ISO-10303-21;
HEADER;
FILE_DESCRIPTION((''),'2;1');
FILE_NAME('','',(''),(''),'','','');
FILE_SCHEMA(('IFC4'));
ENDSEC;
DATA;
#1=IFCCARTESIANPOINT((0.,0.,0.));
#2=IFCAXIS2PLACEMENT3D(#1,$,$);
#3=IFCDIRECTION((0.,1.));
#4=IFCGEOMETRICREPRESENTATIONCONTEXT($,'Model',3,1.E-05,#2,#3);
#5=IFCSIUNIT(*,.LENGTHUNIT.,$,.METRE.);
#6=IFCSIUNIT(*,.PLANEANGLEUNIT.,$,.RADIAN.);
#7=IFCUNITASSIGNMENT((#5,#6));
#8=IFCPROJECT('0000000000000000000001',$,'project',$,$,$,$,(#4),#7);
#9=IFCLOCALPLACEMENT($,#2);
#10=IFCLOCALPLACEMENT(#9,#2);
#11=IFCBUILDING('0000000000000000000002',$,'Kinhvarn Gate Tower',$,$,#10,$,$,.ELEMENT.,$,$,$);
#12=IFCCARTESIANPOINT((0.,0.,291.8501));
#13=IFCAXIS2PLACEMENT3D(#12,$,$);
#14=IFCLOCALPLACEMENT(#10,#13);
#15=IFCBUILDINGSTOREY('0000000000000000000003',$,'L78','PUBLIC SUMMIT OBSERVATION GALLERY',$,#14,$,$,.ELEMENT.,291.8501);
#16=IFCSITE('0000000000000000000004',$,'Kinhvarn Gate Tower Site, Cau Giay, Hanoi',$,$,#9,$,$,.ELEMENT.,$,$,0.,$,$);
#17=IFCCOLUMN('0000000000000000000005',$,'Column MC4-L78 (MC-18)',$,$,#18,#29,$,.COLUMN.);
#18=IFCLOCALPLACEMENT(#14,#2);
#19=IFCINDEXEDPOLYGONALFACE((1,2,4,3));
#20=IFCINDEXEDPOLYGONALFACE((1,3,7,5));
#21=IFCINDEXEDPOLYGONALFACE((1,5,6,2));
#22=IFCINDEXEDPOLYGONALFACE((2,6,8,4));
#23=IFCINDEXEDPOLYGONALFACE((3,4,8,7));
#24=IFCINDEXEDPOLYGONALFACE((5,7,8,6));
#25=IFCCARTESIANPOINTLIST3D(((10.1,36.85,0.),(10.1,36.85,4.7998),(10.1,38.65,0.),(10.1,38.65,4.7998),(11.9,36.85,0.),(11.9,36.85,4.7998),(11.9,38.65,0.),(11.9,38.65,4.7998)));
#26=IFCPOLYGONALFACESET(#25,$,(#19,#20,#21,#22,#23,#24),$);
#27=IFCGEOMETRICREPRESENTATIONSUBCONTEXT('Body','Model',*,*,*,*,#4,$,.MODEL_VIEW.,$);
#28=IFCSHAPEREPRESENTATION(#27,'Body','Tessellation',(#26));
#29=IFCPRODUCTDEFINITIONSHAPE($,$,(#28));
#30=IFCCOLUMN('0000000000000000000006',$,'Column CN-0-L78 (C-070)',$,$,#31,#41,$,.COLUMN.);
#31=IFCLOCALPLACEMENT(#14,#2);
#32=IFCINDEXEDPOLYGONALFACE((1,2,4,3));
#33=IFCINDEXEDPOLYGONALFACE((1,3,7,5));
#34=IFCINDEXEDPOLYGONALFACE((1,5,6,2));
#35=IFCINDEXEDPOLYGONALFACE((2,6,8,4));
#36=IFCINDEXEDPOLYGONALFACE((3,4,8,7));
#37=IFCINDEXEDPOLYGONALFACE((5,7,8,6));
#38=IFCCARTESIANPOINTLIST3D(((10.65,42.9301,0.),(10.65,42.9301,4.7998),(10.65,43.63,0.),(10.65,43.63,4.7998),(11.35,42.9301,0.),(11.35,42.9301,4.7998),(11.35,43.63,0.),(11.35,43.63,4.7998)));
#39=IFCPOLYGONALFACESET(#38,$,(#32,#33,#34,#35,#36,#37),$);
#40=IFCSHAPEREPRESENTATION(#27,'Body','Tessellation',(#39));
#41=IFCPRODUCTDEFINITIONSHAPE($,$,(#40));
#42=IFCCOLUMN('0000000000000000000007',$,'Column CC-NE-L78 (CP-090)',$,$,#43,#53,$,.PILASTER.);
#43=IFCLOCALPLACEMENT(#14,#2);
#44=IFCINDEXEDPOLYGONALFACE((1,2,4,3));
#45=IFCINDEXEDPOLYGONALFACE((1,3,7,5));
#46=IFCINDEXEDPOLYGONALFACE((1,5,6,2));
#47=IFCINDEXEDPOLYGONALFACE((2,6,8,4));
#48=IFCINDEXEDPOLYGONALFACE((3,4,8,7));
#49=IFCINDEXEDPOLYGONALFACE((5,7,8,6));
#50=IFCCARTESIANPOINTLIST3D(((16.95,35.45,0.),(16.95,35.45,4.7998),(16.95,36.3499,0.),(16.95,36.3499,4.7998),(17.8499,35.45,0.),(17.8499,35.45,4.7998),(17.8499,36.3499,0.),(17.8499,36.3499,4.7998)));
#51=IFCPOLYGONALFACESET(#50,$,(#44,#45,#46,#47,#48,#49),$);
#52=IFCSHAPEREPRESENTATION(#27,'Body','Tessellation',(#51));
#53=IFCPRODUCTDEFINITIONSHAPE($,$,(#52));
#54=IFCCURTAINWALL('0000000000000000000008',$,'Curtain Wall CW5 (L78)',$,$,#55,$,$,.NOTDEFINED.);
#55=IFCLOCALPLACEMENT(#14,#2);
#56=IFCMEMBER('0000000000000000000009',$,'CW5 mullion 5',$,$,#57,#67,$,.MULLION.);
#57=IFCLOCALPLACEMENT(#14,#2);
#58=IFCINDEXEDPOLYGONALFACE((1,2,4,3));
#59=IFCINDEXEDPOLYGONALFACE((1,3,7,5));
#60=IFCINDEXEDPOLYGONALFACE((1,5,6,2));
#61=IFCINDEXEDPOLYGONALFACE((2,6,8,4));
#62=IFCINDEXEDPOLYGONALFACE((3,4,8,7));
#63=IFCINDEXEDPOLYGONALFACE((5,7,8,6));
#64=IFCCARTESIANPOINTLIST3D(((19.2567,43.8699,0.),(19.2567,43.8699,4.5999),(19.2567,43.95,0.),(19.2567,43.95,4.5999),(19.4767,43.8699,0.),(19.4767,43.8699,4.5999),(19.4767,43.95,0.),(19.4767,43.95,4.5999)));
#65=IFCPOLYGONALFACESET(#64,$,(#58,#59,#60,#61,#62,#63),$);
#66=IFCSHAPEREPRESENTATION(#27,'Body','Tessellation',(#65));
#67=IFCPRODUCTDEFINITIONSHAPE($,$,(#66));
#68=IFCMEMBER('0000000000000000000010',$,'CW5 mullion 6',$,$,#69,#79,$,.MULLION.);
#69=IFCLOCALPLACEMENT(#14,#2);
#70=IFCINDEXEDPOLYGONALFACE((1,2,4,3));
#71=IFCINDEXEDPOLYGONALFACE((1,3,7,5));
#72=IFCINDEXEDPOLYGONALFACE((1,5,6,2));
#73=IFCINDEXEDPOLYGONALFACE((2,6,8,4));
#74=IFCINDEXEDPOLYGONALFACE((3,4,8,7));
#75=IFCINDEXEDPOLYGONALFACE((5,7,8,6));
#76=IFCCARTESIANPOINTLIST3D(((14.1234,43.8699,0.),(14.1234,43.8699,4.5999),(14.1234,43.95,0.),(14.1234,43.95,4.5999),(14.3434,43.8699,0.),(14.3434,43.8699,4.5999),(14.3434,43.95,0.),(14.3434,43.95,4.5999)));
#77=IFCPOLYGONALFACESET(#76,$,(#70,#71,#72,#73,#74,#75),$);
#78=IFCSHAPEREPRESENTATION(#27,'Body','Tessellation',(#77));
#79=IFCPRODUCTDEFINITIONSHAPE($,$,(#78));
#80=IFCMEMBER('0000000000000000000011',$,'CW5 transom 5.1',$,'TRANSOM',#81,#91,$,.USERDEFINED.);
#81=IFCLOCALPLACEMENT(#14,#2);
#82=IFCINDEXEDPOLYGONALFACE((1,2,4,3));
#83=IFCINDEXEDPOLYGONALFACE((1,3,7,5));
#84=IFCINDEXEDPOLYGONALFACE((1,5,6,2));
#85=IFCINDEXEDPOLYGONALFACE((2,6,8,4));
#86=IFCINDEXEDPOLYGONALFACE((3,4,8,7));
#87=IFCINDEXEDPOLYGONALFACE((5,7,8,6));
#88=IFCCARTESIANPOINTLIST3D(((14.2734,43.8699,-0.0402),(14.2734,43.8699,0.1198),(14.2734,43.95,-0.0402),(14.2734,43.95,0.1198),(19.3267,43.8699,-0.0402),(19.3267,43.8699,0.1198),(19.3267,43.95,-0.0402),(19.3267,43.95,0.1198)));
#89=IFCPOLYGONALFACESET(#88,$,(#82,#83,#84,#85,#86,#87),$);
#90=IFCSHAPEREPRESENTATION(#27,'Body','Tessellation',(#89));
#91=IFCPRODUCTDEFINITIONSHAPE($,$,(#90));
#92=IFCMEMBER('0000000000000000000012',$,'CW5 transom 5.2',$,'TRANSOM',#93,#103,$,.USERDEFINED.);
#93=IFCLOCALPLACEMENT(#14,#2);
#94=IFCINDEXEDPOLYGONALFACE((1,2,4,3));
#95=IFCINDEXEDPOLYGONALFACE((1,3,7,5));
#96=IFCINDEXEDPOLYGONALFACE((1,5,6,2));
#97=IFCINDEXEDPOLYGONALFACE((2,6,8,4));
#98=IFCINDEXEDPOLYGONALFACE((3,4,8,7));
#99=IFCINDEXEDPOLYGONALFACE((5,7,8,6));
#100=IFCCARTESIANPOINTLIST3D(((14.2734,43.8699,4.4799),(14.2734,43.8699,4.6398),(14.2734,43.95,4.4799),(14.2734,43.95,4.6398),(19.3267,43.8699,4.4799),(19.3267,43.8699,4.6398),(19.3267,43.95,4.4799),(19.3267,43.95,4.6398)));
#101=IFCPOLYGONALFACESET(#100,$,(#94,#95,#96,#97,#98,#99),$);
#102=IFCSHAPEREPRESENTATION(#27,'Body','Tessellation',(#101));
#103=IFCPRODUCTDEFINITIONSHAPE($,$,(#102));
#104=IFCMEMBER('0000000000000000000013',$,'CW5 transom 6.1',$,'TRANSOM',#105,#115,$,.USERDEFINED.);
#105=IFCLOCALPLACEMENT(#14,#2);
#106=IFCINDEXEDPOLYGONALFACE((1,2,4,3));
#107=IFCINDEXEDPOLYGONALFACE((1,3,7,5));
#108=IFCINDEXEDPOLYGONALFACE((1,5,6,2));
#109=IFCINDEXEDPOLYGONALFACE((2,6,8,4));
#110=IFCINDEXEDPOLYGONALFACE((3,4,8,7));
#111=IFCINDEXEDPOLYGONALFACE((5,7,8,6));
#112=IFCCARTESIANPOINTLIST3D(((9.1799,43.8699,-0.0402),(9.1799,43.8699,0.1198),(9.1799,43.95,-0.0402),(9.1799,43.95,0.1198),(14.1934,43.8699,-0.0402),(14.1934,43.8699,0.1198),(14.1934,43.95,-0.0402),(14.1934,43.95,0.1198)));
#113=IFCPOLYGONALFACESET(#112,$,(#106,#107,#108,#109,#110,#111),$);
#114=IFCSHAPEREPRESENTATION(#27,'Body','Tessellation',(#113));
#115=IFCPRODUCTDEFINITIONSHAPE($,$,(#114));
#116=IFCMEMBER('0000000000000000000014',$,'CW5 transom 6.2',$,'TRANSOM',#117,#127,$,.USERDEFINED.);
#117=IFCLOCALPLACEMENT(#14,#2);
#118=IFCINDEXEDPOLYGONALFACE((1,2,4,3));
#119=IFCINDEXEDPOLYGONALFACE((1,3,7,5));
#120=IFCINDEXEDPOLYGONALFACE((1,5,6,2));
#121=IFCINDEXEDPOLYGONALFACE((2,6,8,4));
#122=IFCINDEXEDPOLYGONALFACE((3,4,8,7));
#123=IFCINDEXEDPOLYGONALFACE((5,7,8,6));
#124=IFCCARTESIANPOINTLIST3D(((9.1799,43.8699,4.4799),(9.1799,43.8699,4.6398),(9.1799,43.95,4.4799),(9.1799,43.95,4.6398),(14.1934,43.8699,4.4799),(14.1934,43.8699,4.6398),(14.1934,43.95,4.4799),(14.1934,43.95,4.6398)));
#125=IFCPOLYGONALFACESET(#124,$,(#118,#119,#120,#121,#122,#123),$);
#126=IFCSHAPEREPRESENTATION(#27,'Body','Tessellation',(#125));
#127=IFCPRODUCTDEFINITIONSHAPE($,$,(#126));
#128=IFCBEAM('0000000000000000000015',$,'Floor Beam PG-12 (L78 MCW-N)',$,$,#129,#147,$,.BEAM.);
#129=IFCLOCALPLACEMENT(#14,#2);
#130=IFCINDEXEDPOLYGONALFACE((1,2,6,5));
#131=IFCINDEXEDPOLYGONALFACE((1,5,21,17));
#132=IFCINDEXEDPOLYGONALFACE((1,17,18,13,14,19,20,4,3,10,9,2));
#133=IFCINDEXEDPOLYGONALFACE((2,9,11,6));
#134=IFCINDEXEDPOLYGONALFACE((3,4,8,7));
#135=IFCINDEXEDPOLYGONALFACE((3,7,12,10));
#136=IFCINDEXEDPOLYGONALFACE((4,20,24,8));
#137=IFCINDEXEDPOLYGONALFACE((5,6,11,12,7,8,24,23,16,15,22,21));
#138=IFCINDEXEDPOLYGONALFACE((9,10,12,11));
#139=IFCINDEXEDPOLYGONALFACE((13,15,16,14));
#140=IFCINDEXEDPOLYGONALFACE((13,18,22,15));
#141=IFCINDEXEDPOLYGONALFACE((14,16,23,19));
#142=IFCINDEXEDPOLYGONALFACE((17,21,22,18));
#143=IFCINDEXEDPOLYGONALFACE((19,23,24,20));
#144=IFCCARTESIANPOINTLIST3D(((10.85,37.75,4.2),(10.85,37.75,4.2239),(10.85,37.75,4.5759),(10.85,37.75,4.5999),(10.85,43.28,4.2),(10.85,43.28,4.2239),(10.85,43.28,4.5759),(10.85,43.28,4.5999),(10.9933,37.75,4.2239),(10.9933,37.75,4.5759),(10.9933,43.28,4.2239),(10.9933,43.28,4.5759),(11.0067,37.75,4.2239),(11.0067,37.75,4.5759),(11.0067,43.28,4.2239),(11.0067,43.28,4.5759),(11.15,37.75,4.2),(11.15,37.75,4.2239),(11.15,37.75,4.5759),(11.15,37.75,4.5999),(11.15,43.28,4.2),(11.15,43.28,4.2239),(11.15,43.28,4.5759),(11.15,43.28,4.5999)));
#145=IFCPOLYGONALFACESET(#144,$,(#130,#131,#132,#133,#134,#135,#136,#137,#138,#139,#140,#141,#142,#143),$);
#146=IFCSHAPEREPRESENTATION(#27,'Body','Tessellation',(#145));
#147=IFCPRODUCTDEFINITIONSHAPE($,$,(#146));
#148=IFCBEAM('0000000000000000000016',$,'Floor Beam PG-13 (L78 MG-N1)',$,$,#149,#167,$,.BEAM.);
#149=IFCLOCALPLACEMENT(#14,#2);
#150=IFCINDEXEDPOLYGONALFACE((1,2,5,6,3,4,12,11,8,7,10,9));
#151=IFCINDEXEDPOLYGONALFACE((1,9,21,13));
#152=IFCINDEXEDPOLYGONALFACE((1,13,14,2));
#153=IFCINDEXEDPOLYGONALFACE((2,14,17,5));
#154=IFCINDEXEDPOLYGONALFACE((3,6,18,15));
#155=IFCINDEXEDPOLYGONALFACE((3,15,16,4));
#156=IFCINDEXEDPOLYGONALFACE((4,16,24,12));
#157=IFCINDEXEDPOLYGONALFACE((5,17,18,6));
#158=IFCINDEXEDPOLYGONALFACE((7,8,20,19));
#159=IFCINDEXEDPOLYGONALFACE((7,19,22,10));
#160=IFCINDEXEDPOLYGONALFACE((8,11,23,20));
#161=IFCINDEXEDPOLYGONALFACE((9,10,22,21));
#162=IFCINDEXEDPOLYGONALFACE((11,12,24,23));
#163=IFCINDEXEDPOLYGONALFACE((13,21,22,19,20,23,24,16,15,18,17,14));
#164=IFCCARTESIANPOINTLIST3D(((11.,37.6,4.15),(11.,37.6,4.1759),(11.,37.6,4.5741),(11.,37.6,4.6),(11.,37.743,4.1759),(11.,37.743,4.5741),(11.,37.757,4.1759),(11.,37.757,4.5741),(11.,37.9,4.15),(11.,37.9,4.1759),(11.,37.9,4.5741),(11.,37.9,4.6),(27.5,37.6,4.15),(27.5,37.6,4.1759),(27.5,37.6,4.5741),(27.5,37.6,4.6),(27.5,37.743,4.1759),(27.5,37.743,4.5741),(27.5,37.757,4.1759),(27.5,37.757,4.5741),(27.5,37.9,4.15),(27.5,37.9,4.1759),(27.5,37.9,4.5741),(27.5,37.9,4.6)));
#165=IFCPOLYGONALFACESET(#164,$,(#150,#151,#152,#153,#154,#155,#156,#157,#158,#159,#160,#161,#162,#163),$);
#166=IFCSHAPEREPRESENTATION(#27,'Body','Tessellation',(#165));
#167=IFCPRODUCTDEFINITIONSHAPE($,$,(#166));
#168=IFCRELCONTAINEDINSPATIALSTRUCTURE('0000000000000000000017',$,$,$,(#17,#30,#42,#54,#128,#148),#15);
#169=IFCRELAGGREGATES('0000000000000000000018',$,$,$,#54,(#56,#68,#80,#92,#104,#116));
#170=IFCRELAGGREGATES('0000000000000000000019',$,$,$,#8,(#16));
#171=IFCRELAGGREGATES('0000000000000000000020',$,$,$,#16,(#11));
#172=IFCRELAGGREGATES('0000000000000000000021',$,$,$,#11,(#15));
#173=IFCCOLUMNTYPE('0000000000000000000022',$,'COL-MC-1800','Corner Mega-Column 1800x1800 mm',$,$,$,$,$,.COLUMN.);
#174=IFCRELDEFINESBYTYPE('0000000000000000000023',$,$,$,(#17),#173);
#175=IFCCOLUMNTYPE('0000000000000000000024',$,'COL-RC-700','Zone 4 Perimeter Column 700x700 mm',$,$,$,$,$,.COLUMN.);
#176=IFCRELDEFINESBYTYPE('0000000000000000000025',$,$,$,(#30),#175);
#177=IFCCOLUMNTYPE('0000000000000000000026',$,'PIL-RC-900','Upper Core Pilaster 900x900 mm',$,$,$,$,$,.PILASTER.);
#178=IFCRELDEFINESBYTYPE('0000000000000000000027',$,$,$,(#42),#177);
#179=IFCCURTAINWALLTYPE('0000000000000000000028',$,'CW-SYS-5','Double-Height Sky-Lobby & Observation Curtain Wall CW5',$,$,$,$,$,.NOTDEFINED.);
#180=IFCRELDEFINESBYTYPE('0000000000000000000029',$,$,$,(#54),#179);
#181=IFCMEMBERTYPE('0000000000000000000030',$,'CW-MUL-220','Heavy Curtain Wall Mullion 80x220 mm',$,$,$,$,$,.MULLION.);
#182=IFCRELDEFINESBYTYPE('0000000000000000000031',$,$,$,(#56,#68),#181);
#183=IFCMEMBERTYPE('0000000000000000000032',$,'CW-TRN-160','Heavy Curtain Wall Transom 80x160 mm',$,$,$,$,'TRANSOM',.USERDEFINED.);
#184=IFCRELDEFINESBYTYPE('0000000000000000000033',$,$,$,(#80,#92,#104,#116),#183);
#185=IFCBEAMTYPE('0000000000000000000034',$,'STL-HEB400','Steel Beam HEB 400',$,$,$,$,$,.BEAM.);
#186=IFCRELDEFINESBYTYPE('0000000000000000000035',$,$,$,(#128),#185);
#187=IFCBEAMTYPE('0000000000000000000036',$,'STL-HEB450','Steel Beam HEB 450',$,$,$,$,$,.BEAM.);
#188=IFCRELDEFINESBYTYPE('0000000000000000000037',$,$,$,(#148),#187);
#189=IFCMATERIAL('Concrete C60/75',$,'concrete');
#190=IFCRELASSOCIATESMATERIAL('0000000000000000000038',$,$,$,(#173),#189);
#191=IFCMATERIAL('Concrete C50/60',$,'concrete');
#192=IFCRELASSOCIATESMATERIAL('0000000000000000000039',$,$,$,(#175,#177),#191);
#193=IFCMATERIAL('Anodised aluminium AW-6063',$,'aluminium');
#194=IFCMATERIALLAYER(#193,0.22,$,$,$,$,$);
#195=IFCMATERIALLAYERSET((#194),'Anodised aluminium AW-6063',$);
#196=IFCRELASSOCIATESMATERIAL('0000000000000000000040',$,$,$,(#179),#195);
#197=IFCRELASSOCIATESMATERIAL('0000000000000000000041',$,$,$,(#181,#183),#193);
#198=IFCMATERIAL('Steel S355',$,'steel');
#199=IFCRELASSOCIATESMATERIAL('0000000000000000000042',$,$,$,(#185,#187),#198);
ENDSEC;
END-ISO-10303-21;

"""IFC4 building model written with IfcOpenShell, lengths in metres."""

from ifc_helpers import new_model, si_unit, direction, frame, origin, origin_2d, place, context, subcontext, project, spatial, rectangle, i_section, extrude, material, layer, layer_set, material_profile, profile_set, type_object, element, aggregate, save


model = new_model("IFC4")

# Units and contexts
model_context = context("Model", 3, precision=1e-05, world=origin(), true_north=direction((0.0, 1.0)))
body_context = subcontext(model_context, "Body", "Model", "MODEL_VIEW")
ifc_project = project(units=[si_unit("LENGTHUNIT", "METRE"), si_unit("PLANEANGLEUNIT", "RADIAN")], contexts=[model_context])

# Site, building, storey
site_placement = place(None, origin())
site = spatial("IfcSite", under=ifc_project, at=site_placement, Name="Kinhvarn Gate Tower Site, Cau Giay, Hanoi", CompositionType="ELEMENT", RefElevation=0.0)
building_placement = place(site_placement, origin())
building = spatial("IfcBuilding", under=site, at=building_placement, Name="Kinhvarn Gate Tower", CompositionType="ELEMENT")
storey_placement = place(building_placement, frame((0.0, 0.0, 291.8501)))
storey = spatial("IfcBuildingStorey", under=building, at=storey_placement, Name="L78", Description="PUBLIC SUMMIT OBSERVATION GALLERY", CompositionType="ELEMENT", Elevation=291.8501)

# Columns
ifc_material_1 = material(Name="Concrete C60/75", Category="concrete")
ifc_material_profile_1 = material_profile(ifc_material_1, rectangle(XDim=1.8, YDim=1.8, at=origin_2d()), Name="RC 1800x1800")
ifc_profile_set_1 = profile_set([ifc_material_profile_1], Name="Concrete C60/75")
column_type_1 = type_object("IfcColumnType", Name="COL-MC-1800", Description="Corner Mega-Column 1800x1800 mm", PredefinedType="COLUMN", material=ifc_profile_set_1)
column_1_placement = place(storey_placement, frame((11.0, 37.75, 0.0), z_axis=(0.0, 0.0, 1.0), x_axis=(1.0, 0.0, 0.0)))
element("IfcColumn", 1, at=column_1_placement, inside=storey, type_object=column_type_1, Name="Column MC4-L78 (MC-18)", PredefinedType="COLUMN", context=body_context, shape_type="SweptSolid", body=[
    extrude(rectangle(XDim=1.8, YDim=1.8, at=origin_2d()), origin(), (0.0, 0.0, 1.0), 4.7998),
])
ifc_material_2 = material(Name="Concrete C50/60", Category="concrete")
ifc_material_profile_2 = material_profile(ifc_material_2, rectangle(XDim=0.7, YDim=0.7, at=origin_2d()), Name="RC 700x700")
ifc_profile_set_2 = profile_set([ifc_material_profile_2], Name="Concrete C50/60")
column_type_2 = type_object("IfcColumnType", Name="COL-RC-700", Description="Zone 4 Perimeter Column 700x700 mm", PredefinedType="COLUMN", material=ifc_profile_set_2)
column_2_placement = place(storey_placement, frame((11.0, 43.28, 0.0), z_axis=(0.0, 0.0, 1.0), x_axis=(1.0, 0.0, 0.0)))
element("IfcColumn", 2, at=column_2_placement, inside=storey, type_object=column_type_2, Name="Column CN-0-L78 (C-070)", PredefinedType="COLUMN", context=body_context, shape_type="SweptSolid", body=[
    extrude(rectangle(XDim=0.7, YDim=0.7, at=origin_2d()), origin(), (0.0, 0.0, 1.0), 4.7998),
])
ifc_material_profile_3 = material_profile(ifc_material_2, rectangle(XDim=0.8999, YDim=0.8999, at=origin_2d()), Name="RC 900x900")
ifc_profile_set_3 = profile_set([ifc_material_profile_3], Name="Concrete C50/60")
column_type_3 = type_object("IfcColumnType", Name="PIL-RC-900", Description="Upper Core Pilaster 900x900 mm", PredefinedType="PILASTER", material=ifc_profile_set_3)
column_3_placement = place(storey_placement, frame((17.3999, 35.8999, 0.0), z_axis=(0.0, 0.0, 1.0), x_axis=(1.0, 0.0, 0.0)))
element("IfcColumn", 3, at=column_3_placement, inside=storey, type_object=column_type_3, Name="Column CC-NE-L78 (CP-090)", PredefinedType="PILASTER", context=body_context, shape_type="SweptSolid", body=[
    extrude(rectangle(XDim=0.8999, YDim=0.8999, at=origin_2d()), origin(), (0.0, 0.0, 1.0), 4.7998),
])

# Curtain wall, members
ifc_material_3 = material(Name="Anodised aluminium AW-6063", Category="aluminium")
ifc_layer_1 = layer(ifc_material_3, 0.22)
ifc_layer_set_1 = layer_set([ifc_layer_1], Name="Anodised aluminium AW-6063")
curtain_wall_type = type_object("IfcCurtainWallType", Name="CW-SYS-5", Description="Double-Height Sky-Lobby & Observation Curtain Wall CW5", PredefinedType="NOTDEFINED", material=ifc_layer_set_1)
curtain_wall_placement = place(storey_placement, origin())
curtain_wall = element("IfcCurtainWall", 4, at=curtain_wall_placement, inside=storey, type_object=curtain_wall_type, Name="Curtain Wall CW5 (L78)", PredefinedType="NOTDEFINED")
ifc_material_profile_4 = material_profile(ifc_material_3, rectangle(XDim=0.0801, YDim=0.22, at=origin_2d()), Name="ALU 80x220")
ifc_profile_set_4 = profile_set([ifc_material_profile_4], Name="Anodised aluminium AW-6063")
member_type_1 = type_object("IfcMemberType", Name="CW-MUL-220", Description="Heavy Curtain Wall Mullion 80x220 mm", PredefinedType="MULLION", material=ifc_profile_set_4)
member_1_placement = place(storey_placement, frame((19.3667, 43.9099, 0.0), z_axis=(0.0, 0.0, 1.0), x_axis=(0.0, -1.0, 0.0)))
member_1 = element("IfcMember", 5, at=member_1_placement, type_object=member_type_1, Name="CW5 mullion 5", PredefinedType="MULLION", context=body_context, shape_type="SweptSolid", body=[
    extrude(rectangle(XDim=0.0801, YDim=0.22, at=origin_2d()), origin(), (0.0, 0.0, 1.0), 4.5999),
])
member_2_placement = place(storey_placement, frame((14.2334, 43.9099, 0.0), z_axis=(0.0, 0.0, 1.0), x_axis=(0.0, -1.0, 0.0)))
member_2 = element("IfcMember", 6, at=member_2_placement, type_object=member_type_1, Name="CW5 mullion 6", PredefinedType="MULLION", context=body_context, shape_type="SweptSolid", body=[
    extrude(rectangle(XDim=0.0801, YDim=0.22, at=origin_2d()), origin(), (0.0, 0.0, 1.0), 4.5999),
])
ifc_material_profile_5 = material_profile(ifc_material_3, rectangle(XDim=0.0801, YDim=0.1599, at=origin_2d()), Name="ALU 80x160")
ifc_profile_set_5 = profile_set([ifc_material_profile_5], Name="Anodised aluminium AW-6063")
member_type_2 = type_object("IfcMemberType", Name="CW-TRN-160", Description="Heavy Curtain Wall Transom 80x160 mm", ElementType="TRANSOM", PredefinedType="USERDEFINED", material=ifc_profile_set_5)
member_3_placement = place(storey_placement, frame((19.3267, 43.9099, 0.0398), z_axis=(-1.0, 0.0, 0.0), x_axis=(0.0, -1.0, 0.0)))
member_3 = element("IfcMember", 7, at=member_3_placement, type_object=member_type_2, Name="CW5 transom 5.1", ObjectType="TRANSOM", PredefinedType="USERDEFINED", context=body_context, shape_type="SweptSolid", body=[
    extrude(rectangle(XDim=0.0801, YDim=0.1599, at=origin_2d()), origin(), (0.0, 0.0, 1.0), 5.0532),
])
member_4_placement = place(storey_placement, frame((19.3267, 43.9099, 4.5598), z_axis=(-1.0, 0.0, 0.0), x_axis=(0.0, -1.0, 0.0)))
member_4 = element("IfcMember", 8, at=member_4_placement, type_object=member_type_2, Name="CW5 transom 5.2", ObjectType="TRANSOM", PredefinedType="USERDEFINED", context=body_context, shape_type="SweptSolid", body=[
    extrude(rectangle(XDim=0.0801, YDim=0.1599, at=origin_2d()), origin(), (0.0, 0.0, 1.0), 5.0532),
])
member_5_placement = place(storey_placement, frame((14.1934, 43.9099, 0.0398), z_axis=(-1.0, 0.0, 0.0), x_axis=(0.0, -1.0, 0.0)))
member_5 = element("IfcMember", 9, at=member_5_placement, type_object=member_type_2, Name="CW5 transom 6.1", ObjectType="TRANSOM", PredefinedType="USERDEFINED", context=body_context, shape_type="SweptSolid", body=[
    extrude(rectangle(XDim=0.0801, YDim=0.1599, at=origin_2d()), origin(), (0.0, 0.0, 1.0), 5.0134),
])
member_6_placement = place(storey_placement, frame((14.1934, 43.9099, 4.5598), z_axis=(-1.0, 0.0, 0.0), x_axis=(0.0, -1.0, 0.0)))
member_6 = element("IfcMember", 10, at=member_6_placement, type_object=member_type_2, Name="CW5 transom 6.2", ObjectType="TRANSOM", PredefinedType="USERDEFINED", context=body_context, shape_type="SweptSolid", body=[
    extrude(rectangle(XDim=0.0801, YDim=0.1599, at=origin_2d()), origin(), (0.0, 0.0, 1.0), 5.0134),
])

# Beams
ifc_material_4 = material(Name="Steel S355", Category="steel")
ifc_material_profile_6 = material_profile(ifc_material_4, i_section(OverallWidth=0.3, OverallDepth=0.3999, WebThickness=0.0134, FlangeThickness=0.0239, at=origin_2d()), Name="HEB 400")
ifc_profile_set_6 = profile_set([ifc_material_profile_6], Name="Steel S355")
beam_type_1 = type_object("IfcBeamType", Name="STL-HEB400", Description="Steel Beam HEB 400", PredefinedType="BEAM", material=ifc_profile_set_6)
beam_1_placement = place(storey_placement, frame((11.0, 37.75, 4.3999), z_axis=(0.0, 1.0, 0.0), x_axis=(-1.0, 0.0, 0.0)))
element("IfcBeam", 11, at=beam_1_placement, inside=storey, type_object=beam_type_1, Name="Floor Beam PG-12 (L78 MCW-N)", PredefinedType="BEAM", context=body_context, shape_type="SweptSolid", body=[
    extrude(i_section(OverallWidth=0.3, OverallDepth=0.3999, WebThickness=0.0134, FlangeThickness=0.0239, at=origin_2d()), origin(), (0.0, 0.0, 1.0), 5.53),
])
ifc_material_profile_7 = material_profile(ifc_material_4, i_section(OverallWidth=0.3, OverallDepth=0.45, WebThickness=0.0139, FlangeThickness=0.0259, at=origin_2d()), Name="HEB 450")
ifc_profile_set_7 = profile_set([ifc_material_profile_7], Name="Steel S355")
beam_type_2 = type_object("IfcBeamType", Name="STL-HEB450", Description="Steel Beam HEB 450", PredefinedType="BEAM", material=ifc_profile_set_7)
beam_2_placement = place(storey_placement, frame((11.0, 37.75, 4.375), z_axis=(1.0, 0.0, 0.0), x_axis=(0.0, 1.0, 0.0)))
element("IfcBeam", 12, at=beam_2_placement, inside=storey, type_object=beam_type_2, Name="Floor Beam PG-13 (L78 MG-N1)", PredefinedType="BEAM", context=body_context, shape_type="SweptSolid", body=[
    extrude(i_section(OverallWidth=0.3, OverallDepth=0.45, WebThickness=0.0139, FlangeThickness=0.0259, at=origin_2d()), origin(), (0.0, 0.0, 1.0), 16.5),
])

aggregate(curtain_wall, [member_1, member_2, member_3, member_4, member_5, member_6])

save(model, "model.ifc")
